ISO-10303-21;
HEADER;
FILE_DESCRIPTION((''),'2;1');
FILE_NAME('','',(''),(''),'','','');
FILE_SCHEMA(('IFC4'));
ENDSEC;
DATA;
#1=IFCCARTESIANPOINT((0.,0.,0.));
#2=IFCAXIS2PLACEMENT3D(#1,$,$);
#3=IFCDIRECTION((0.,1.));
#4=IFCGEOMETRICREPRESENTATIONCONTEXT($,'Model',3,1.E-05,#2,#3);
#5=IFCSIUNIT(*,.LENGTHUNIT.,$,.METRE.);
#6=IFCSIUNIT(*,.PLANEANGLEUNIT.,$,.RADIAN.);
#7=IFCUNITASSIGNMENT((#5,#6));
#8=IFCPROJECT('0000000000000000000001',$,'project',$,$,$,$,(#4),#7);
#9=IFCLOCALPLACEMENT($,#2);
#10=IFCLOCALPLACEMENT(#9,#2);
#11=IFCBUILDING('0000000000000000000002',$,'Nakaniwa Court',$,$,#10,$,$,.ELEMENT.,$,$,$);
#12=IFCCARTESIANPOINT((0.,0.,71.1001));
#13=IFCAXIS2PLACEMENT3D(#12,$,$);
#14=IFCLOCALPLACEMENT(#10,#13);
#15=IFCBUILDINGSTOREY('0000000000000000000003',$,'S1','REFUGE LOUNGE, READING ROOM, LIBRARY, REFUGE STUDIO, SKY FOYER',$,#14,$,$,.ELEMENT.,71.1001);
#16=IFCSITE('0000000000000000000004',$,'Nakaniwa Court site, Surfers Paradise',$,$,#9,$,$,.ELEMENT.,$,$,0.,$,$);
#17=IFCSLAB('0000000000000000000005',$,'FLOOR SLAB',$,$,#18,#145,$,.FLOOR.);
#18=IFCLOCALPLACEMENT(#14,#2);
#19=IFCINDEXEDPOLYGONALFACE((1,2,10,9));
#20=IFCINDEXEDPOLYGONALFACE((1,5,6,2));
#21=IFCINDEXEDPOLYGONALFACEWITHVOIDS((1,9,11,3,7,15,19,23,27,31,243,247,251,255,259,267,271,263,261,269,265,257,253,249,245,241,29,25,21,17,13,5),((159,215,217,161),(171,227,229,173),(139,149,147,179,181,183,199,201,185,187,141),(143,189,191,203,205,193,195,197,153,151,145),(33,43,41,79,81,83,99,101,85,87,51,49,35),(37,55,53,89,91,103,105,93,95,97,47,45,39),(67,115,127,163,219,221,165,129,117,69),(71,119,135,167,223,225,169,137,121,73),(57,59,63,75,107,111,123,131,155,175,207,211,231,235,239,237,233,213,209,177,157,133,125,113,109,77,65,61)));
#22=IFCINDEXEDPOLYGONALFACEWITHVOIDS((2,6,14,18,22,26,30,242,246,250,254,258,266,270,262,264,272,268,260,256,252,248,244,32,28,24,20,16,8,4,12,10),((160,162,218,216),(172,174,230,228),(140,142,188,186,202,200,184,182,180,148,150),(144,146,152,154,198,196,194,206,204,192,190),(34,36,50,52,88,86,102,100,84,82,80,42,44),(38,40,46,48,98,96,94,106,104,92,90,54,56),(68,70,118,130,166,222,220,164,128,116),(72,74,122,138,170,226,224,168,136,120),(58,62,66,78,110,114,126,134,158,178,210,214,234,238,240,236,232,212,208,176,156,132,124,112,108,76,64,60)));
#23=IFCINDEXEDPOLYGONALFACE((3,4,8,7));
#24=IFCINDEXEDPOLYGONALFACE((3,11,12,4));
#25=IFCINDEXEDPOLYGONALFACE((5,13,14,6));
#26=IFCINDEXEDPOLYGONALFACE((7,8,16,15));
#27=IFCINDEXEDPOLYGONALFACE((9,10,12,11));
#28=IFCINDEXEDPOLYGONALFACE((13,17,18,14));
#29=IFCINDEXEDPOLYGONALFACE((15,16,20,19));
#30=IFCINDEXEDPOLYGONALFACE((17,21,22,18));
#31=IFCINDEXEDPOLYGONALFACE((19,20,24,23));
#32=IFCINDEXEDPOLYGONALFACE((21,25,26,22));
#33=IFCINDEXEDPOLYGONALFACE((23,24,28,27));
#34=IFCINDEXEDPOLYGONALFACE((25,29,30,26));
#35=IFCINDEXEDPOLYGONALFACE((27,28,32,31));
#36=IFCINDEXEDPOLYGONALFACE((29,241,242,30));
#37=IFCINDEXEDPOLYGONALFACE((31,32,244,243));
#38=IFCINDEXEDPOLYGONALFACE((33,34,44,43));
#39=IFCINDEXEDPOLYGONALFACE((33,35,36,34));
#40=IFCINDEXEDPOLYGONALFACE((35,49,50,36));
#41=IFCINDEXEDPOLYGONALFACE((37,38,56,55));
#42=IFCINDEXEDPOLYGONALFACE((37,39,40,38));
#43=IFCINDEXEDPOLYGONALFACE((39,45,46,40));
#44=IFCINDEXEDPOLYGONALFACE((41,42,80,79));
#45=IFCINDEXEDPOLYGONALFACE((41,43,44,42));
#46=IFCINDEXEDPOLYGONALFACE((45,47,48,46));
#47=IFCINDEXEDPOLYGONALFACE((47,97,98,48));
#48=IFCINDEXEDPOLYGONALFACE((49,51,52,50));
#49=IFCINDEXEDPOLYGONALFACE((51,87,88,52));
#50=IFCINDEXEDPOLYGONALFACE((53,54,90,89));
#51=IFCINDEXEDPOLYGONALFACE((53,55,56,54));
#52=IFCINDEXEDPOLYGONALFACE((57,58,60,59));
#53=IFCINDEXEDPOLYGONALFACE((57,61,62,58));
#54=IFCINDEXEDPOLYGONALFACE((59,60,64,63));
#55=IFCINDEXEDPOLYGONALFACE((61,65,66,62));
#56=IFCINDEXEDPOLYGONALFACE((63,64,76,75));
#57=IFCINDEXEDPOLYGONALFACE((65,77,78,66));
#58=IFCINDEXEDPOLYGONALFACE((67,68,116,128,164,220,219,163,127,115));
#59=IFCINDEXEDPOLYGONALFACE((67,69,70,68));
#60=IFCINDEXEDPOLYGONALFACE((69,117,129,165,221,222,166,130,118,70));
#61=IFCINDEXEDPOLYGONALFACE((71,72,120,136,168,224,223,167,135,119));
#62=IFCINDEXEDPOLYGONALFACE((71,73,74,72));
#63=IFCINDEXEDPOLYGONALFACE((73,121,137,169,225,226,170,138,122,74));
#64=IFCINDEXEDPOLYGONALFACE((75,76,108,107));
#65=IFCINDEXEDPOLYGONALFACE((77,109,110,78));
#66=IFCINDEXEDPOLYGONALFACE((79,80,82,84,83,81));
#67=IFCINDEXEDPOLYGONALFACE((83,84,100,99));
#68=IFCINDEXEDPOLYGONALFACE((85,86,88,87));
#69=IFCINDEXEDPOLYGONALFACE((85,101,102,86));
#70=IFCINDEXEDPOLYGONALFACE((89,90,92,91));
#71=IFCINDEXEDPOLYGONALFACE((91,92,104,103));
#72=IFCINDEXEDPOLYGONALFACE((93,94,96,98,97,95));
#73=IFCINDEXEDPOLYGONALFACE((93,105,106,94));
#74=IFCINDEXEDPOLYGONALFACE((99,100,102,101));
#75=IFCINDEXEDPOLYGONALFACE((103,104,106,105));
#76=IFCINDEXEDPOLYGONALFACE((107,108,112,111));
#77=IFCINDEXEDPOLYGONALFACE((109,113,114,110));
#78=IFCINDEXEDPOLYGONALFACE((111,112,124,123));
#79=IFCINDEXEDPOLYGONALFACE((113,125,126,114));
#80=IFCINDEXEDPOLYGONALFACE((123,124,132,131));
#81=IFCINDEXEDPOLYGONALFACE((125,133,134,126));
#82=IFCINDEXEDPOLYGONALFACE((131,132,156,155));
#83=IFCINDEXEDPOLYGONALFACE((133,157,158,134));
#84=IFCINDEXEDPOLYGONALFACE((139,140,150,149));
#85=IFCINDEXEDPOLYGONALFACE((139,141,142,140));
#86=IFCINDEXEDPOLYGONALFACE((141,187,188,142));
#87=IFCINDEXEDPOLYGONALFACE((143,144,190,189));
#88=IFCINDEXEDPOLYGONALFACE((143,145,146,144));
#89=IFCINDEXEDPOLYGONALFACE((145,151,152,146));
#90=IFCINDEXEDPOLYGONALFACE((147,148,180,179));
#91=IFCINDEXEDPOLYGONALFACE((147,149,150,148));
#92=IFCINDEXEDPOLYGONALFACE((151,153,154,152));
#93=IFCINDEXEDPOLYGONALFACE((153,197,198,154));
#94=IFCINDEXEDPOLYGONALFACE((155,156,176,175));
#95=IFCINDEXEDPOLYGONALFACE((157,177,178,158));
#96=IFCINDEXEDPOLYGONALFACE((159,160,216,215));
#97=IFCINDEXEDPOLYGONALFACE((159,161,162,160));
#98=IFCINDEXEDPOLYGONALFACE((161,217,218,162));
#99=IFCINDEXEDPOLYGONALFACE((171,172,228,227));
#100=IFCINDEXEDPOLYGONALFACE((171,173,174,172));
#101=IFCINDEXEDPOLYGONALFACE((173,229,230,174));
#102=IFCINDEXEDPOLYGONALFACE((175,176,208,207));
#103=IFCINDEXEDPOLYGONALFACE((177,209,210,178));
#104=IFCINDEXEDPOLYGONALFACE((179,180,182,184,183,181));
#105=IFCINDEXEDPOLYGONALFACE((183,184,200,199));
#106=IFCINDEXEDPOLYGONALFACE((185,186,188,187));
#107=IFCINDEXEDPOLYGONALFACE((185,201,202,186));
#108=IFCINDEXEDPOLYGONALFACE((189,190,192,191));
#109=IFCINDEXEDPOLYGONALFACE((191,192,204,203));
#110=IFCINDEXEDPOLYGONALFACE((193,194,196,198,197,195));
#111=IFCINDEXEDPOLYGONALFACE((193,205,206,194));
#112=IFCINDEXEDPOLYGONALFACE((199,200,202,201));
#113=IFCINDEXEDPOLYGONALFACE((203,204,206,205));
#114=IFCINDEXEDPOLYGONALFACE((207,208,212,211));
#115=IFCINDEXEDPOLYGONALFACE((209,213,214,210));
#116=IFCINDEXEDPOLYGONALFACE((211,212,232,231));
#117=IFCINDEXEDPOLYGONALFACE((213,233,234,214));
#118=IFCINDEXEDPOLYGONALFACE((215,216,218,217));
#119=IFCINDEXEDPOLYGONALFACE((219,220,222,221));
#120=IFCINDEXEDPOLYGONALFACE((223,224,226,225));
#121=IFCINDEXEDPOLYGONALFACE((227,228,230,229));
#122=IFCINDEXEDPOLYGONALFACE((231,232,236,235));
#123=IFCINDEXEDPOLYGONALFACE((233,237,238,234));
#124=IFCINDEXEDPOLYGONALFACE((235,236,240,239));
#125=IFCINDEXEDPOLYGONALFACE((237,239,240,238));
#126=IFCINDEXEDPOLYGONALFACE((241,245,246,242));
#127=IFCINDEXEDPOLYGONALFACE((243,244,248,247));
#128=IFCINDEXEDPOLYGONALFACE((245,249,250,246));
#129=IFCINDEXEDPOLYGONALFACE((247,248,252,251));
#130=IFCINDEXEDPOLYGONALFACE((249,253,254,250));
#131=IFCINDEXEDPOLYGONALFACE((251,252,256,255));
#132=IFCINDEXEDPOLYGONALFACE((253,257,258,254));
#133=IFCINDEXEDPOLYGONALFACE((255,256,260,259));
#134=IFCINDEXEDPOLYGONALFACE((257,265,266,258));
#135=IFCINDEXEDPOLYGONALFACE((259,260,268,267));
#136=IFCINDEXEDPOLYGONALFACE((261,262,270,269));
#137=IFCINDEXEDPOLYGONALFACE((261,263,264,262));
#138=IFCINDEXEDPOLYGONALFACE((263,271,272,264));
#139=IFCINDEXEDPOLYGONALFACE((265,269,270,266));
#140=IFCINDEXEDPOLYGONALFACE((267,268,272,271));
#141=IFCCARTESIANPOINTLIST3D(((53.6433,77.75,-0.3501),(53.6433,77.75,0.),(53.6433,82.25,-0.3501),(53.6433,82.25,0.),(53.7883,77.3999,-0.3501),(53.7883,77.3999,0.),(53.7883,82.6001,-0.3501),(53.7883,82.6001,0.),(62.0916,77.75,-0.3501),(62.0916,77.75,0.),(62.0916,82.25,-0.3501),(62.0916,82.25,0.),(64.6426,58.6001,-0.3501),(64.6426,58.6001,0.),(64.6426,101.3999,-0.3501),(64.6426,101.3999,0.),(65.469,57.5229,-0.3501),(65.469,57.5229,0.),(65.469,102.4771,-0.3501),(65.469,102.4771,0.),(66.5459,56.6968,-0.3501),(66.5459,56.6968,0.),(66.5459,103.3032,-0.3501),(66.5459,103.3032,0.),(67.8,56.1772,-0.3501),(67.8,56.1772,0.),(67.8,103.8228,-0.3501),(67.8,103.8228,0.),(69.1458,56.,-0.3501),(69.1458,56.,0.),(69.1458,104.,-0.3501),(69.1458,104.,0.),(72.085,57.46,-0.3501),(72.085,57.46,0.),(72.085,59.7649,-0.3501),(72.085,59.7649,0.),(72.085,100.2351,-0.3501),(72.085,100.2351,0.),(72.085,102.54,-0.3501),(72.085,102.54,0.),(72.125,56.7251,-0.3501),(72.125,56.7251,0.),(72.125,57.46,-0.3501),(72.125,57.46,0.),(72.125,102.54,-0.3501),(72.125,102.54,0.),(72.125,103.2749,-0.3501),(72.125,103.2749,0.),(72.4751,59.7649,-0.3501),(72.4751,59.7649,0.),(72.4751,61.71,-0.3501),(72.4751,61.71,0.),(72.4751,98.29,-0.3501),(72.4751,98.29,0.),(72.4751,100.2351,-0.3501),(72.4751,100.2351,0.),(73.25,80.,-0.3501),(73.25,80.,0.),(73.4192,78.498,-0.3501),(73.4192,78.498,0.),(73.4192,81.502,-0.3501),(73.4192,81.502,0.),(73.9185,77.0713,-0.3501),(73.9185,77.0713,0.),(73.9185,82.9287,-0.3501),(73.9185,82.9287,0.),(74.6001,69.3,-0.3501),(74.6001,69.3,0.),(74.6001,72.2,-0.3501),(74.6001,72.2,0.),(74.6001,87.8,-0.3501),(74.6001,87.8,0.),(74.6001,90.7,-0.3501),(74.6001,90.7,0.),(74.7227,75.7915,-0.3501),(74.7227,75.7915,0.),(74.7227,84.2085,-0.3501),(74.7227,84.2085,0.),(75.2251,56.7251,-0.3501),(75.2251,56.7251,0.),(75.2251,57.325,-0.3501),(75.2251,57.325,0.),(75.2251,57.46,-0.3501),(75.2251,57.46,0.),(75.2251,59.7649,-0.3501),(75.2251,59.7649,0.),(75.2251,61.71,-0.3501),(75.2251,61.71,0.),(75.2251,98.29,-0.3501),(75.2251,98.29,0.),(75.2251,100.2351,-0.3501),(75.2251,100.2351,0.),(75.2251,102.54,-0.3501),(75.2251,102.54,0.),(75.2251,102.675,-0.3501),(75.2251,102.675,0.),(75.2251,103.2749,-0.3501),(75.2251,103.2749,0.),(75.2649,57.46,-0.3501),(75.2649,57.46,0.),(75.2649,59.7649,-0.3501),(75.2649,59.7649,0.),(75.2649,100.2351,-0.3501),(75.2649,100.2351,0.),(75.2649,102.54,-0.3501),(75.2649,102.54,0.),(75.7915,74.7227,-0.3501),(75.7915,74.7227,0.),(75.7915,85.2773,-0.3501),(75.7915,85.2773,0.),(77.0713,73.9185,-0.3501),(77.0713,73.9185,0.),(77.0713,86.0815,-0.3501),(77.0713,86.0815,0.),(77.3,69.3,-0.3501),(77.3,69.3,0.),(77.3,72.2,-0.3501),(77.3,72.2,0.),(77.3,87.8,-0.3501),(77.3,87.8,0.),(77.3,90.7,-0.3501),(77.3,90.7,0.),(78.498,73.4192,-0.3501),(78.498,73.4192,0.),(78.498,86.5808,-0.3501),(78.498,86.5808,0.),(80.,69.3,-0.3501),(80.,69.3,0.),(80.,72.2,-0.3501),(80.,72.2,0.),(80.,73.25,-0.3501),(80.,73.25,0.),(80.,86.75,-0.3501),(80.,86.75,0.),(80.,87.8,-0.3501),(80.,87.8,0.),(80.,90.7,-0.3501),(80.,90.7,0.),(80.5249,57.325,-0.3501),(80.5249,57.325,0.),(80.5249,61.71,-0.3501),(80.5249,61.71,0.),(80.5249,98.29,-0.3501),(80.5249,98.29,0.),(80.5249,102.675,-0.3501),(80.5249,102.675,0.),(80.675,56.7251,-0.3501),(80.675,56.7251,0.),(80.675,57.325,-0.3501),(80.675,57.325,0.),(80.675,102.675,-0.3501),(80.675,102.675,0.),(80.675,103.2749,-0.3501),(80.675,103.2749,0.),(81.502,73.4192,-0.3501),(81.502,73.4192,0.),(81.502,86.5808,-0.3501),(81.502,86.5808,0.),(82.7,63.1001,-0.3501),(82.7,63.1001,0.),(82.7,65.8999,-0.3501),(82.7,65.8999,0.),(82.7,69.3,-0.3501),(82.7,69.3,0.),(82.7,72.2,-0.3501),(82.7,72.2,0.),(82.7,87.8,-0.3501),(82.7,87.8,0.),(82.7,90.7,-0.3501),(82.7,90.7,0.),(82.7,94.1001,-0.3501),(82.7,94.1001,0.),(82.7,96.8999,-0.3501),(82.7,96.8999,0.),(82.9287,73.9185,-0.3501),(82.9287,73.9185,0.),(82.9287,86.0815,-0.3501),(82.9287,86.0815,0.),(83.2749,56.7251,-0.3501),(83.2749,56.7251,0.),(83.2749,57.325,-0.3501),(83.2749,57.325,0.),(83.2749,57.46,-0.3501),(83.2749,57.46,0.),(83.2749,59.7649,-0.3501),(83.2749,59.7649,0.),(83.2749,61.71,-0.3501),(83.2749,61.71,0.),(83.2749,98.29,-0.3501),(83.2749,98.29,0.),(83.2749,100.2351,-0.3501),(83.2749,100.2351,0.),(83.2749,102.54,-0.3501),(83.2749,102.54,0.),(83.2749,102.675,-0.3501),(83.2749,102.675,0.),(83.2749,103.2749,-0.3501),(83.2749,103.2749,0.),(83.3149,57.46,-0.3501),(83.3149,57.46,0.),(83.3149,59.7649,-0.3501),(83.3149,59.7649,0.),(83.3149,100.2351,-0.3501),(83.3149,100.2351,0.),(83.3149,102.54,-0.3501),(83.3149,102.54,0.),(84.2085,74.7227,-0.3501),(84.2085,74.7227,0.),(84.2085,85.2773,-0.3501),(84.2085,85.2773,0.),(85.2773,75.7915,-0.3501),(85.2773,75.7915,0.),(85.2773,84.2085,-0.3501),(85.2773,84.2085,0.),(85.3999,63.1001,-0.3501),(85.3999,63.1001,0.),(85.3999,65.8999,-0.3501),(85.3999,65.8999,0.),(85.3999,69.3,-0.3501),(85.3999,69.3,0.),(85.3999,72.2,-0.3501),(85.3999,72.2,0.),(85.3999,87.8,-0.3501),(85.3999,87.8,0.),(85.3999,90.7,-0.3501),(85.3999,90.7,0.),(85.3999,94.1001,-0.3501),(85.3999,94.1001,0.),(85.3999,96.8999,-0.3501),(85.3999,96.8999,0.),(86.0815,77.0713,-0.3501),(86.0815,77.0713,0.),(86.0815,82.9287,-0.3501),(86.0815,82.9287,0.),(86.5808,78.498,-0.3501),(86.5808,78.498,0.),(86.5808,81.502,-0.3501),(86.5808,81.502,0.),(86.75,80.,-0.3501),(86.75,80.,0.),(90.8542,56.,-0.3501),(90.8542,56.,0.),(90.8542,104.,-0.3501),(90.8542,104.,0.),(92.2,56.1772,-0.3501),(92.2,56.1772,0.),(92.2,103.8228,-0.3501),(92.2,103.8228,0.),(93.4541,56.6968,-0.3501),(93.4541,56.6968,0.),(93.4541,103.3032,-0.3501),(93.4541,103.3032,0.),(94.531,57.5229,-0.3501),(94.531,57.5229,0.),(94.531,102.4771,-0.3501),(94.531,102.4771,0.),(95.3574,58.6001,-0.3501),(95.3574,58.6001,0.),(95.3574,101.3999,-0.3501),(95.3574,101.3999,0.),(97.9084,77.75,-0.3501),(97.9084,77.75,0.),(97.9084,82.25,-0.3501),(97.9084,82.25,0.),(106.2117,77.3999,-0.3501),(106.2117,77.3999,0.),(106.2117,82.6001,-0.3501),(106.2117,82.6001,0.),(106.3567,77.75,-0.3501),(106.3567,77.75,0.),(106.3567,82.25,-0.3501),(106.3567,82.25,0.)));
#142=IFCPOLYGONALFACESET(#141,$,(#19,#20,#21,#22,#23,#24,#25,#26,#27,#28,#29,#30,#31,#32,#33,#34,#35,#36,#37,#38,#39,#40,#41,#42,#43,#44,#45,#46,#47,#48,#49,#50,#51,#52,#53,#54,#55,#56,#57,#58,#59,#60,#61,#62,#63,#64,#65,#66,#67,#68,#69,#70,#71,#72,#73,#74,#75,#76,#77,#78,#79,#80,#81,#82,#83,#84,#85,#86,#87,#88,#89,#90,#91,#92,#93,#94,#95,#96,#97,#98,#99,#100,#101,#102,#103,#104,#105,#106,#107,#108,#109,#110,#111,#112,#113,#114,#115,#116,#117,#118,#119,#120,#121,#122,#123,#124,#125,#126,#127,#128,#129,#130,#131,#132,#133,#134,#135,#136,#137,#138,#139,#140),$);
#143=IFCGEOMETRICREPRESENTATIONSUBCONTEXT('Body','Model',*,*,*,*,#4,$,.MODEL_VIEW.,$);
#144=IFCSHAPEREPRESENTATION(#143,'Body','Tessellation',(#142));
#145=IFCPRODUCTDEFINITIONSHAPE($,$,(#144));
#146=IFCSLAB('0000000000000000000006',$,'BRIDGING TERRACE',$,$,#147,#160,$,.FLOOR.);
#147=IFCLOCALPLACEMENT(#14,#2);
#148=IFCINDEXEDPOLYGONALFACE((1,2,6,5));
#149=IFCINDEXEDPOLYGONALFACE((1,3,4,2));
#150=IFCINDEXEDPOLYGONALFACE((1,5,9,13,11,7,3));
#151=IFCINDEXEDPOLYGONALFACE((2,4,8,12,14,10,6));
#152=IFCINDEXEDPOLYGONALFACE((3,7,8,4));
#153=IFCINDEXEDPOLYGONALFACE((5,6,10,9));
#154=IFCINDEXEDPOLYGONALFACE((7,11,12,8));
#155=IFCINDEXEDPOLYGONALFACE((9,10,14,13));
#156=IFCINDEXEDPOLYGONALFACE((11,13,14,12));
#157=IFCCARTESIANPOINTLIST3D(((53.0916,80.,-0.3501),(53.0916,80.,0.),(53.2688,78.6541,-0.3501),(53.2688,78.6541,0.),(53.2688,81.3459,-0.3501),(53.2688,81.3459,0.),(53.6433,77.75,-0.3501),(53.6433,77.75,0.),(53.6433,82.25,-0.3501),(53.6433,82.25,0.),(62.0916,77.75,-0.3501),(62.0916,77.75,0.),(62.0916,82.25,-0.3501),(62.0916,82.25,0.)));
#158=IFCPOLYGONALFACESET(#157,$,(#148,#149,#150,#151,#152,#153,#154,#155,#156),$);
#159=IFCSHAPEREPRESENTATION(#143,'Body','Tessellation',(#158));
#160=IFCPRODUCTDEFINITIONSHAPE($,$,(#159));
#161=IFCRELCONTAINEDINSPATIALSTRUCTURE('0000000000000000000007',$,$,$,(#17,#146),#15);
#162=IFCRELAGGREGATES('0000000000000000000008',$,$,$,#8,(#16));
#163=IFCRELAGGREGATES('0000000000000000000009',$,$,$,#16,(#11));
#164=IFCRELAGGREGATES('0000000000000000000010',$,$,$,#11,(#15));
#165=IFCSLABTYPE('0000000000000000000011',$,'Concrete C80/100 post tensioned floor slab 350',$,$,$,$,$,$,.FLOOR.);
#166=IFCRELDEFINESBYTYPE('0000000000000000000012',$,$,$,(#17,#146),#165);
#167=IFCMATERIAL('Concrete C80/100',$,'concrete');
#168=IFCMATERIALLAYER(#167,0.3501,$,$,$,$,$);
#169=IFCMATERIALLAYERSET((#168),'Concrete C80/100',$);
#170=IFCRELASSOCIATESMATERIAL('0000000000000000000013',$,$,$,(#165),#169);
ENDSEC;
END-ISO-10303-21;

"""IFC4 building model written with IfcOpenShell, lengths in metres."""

from ifc_helpers import new_model, si_unit, direction, frame, origin, place, context, subcontext, project, spatial, polyline, outline, extrude, material, layer, layer_set, type_object, element, save


model = new_model("IFC4")

# Units and contexts
model_context = context("Model", 3, precision=1e-05, world=origin(), true_north=direction((0.0, 1.0)))
body_context = subcontext(model_context, "Body", "Model", "MODEL_VIEW")
ifc_project = project(units=[si_unit("LENGTHUNIT", "METRE"), si_unit("PLANEANGLEUNIT", "RADIAN")], contexts=[model_context])

# Site, building, storey
site_placement = place(None, origin())
site = spatial("IfcSite", under=ifc_project, at=site_placement, Name="Nakaniwa Court site, Surfers Paradise", CompositionType="ELEMENT", RefElevation=0.0)
building_placement = place(site_placement, origin())
building = spatial("IfcBuilding", under=site, at=building_placement, Name="Nakaniwa Court", CompositionType="ELEMENT")
storey_placement = place(building_placement, frame((0.0, 0.0, 71.1001)))
storey = spatial("IfcBuildingStorey", under=building, at=storey_placement, Name="S1", Description="REFUGE LOUNGE, READING ROOM, LIBRARY, REFUGE STUDIO, SKY FOYER", CompositionType="ELEMENT", Elevation=71.1001)

# Shared definitions
ifc_material_1 = material(Name="Concrete C80/100", Category="concrete")

# Slabs
ifc_layer_1 = layer(ifc_material_1, 0.3501)
ifc_layer_set_1 = layer_set([ifc_layer_1], Name="Concrete C80/100")
slab_type_1 = type_object("IfcSlabType", Name="Concrete C80/100 post tensioned floor slab 350", PredefinedType="FLOOR", material=ifc_layer_set_1)
slab_1_placement = place(storey_placement, frame((0.0, 0.0, -0.3501)))
element("IfcSlab", 1, at=slab_1_placement, inside=storey, type_object=slab_type_1, Name="FLOOR SLAB", PredefinedType="FLOOR", context=body_context, shape_type="SweptSolid", body=[
    extrude(outline(polyline([(97.9084, 82.25), (106.3567, 82.25), (106.2117, 82.6001), (95.3574, 101.3999), (94.531, 102.4771), (93.4541, 103.3032), (92.2, 103.8228), (90.8542, 104.0), (69.1458, 104.0), (67.8, 103.8228), (66.5459, 103.3032), (65.469, 102.4771), (64.6426, 101.3999), (53.7883, 82.6001), (53.6433, 82.25), (62.0916, 82.25), (62.0916, 77.75), (53.6433, 77.75), (53.7883, 77.3999), (64.6426, 58.6001), (65.469, 57.5229), (66.5459, 56.6968), (67.8, 56.1772), (69.1458, 56.0), (90.8542, 56.0), (92.2, 56.1772), (93.4541, 56.6968), (94.531, 57.5229), (95.3574, 58.6001), (106.2117, 77.3999), (106.3567, 77.75), (97.9084, 77.75), (97.9084, 82.25)]), holes=[polyline([(81.502, 86.5808), (80.0, 86.75), (78.498, 86.5808), (77.0713, 86.0815), (75.7915, 85.2773), (74.7227, 84.2085), (73.9185, 82.9287), (73.4192, 81.502), (73.25, 80.0), (73.4192, 78.498), (73.9185, 77.0713), (74.7227, 75.7915), (75.7915, 74.7227), (77.0713, 73.9185), (78.498, 73.4192), (80.0, 73.25), (81.502, 73.4192), (82.9287, 73.9185), (84.2085, 74.7227), (85.2773, 75.7915), (86.0815, 77.0713), (86.5808, 78.498), (86.75, 80.0), (86.5808, 81.502), (86.0815, 82.9287), (85.2773, 84.2085), (84.2085, 85.2773), (82.9287, 86.0815), (81.502, 86.5808)]), polyline([(75.2649, 57.46), (75.2649, 59.7649), (75.2251, 59.7649), (75.2251, 61.71), (72.4751, 61.71), (72.4751, 59.7649), (72.085, 59.7649), (72.085, 57.46), (72.125, 57.46), (72.125, 56.7251), (75.2251, 56.7251), (75.2251, 57.325), (75.2251, 57.46), (75.2649, 57.46)]), polyline([(80.0, 69.3), (82.7, 69.3), (85.3999, 69.3), (85.3999, 72.2), (82.7, 72.2), (80.0, 72.2), (77.3, 72.2), (74.6001, 72.2), (74.6001, 69.3), (77.3, 69.3), (80.0, 69.3)]), polyline([(80.0, 87.8), (82.7, 87.8), (85.3999, 87.8), (85.3999, 90.7), (82.7, 90.7), (80.0, 90.7), (77.3, 90.7), (74.6001, 90.7), (74.6001, 87.8), (77.3, 87.8), (80.0, 87.8)]), polyline([(75.2649, 100.2351), (75.2649, 102.54), (75.2251, 102.54), (75.2251, 102.675), (75.2251, 103.2749), (72.125, 103.2749), (72.125, 102.54), (72.085, 102.54), (72.085, 100.2351), (72.4751, 100.2351), (72.4751, 98.29), (75.2251, 98.29), (75.2251, 100.2351), (75.2649, 100.2351)]), polyline([(83.2749, 61.71), (80.5249, 61.71), (80.5249, 57.325), (80.675, 57.325), (80.675, 56.7251), (83.2749, 56.7251), (83.2749, 57.325), (83.2749, 57.46), (83.3149, 57.46), (83.3149, 59.7649), (83.2749, 59.7649), (83.2749, 61.71)]), polyline([(85.3999, 65.8999), (82.7, 65.8999), (82.7, 63.1001), (85.3999, 63.1001), (85.3999, 65.8999)]), polyline([(85.3999, 96.8999), (82.7, 96.8999), (82.7, 94.1001), (85.3999, 94.1001), (85.3999, 96.8999)]), polyline([(83.2749, 100.2351), (83.3149, 100.2351), (83.3149, 102.54), (83.2749, 102.54), (83.2749, 102.675), (83.2749, 103.2749), (80.675, 103.2749), (80.675, 102.675), (80.5249, 102.675), (80.5249, 98.29), (83.2749, 98.29), (83.2749, 100.2351)])]), origin(), (0.0, 0.0, 1.0), 0.3501),
])
slab_2_placement = place(storey_placement, frame((0.0, 0.0, -0.3501)))
element("IfcSlab", 2, at=slab_2_placement, inside=storey, type_object=slab_type_1, Name="BRIDGING TERRACE", PredefinedType="FLOOR", context=body_context, shape_type="SweptSolid", body=[
    extrude(outline(polyline([(53.6433, 82.25), (53.2688, 81.3459), (53.0916, 80.0), (53.2688, 78.6541), (53.6433, 77.75), (62.0916, 77.75), (62.0916, 82.25), (53.6433, 82.25)])), origin(), (0.0, 0.0, 1.0), 0.3501),
])

save(model, "model.ifc")
